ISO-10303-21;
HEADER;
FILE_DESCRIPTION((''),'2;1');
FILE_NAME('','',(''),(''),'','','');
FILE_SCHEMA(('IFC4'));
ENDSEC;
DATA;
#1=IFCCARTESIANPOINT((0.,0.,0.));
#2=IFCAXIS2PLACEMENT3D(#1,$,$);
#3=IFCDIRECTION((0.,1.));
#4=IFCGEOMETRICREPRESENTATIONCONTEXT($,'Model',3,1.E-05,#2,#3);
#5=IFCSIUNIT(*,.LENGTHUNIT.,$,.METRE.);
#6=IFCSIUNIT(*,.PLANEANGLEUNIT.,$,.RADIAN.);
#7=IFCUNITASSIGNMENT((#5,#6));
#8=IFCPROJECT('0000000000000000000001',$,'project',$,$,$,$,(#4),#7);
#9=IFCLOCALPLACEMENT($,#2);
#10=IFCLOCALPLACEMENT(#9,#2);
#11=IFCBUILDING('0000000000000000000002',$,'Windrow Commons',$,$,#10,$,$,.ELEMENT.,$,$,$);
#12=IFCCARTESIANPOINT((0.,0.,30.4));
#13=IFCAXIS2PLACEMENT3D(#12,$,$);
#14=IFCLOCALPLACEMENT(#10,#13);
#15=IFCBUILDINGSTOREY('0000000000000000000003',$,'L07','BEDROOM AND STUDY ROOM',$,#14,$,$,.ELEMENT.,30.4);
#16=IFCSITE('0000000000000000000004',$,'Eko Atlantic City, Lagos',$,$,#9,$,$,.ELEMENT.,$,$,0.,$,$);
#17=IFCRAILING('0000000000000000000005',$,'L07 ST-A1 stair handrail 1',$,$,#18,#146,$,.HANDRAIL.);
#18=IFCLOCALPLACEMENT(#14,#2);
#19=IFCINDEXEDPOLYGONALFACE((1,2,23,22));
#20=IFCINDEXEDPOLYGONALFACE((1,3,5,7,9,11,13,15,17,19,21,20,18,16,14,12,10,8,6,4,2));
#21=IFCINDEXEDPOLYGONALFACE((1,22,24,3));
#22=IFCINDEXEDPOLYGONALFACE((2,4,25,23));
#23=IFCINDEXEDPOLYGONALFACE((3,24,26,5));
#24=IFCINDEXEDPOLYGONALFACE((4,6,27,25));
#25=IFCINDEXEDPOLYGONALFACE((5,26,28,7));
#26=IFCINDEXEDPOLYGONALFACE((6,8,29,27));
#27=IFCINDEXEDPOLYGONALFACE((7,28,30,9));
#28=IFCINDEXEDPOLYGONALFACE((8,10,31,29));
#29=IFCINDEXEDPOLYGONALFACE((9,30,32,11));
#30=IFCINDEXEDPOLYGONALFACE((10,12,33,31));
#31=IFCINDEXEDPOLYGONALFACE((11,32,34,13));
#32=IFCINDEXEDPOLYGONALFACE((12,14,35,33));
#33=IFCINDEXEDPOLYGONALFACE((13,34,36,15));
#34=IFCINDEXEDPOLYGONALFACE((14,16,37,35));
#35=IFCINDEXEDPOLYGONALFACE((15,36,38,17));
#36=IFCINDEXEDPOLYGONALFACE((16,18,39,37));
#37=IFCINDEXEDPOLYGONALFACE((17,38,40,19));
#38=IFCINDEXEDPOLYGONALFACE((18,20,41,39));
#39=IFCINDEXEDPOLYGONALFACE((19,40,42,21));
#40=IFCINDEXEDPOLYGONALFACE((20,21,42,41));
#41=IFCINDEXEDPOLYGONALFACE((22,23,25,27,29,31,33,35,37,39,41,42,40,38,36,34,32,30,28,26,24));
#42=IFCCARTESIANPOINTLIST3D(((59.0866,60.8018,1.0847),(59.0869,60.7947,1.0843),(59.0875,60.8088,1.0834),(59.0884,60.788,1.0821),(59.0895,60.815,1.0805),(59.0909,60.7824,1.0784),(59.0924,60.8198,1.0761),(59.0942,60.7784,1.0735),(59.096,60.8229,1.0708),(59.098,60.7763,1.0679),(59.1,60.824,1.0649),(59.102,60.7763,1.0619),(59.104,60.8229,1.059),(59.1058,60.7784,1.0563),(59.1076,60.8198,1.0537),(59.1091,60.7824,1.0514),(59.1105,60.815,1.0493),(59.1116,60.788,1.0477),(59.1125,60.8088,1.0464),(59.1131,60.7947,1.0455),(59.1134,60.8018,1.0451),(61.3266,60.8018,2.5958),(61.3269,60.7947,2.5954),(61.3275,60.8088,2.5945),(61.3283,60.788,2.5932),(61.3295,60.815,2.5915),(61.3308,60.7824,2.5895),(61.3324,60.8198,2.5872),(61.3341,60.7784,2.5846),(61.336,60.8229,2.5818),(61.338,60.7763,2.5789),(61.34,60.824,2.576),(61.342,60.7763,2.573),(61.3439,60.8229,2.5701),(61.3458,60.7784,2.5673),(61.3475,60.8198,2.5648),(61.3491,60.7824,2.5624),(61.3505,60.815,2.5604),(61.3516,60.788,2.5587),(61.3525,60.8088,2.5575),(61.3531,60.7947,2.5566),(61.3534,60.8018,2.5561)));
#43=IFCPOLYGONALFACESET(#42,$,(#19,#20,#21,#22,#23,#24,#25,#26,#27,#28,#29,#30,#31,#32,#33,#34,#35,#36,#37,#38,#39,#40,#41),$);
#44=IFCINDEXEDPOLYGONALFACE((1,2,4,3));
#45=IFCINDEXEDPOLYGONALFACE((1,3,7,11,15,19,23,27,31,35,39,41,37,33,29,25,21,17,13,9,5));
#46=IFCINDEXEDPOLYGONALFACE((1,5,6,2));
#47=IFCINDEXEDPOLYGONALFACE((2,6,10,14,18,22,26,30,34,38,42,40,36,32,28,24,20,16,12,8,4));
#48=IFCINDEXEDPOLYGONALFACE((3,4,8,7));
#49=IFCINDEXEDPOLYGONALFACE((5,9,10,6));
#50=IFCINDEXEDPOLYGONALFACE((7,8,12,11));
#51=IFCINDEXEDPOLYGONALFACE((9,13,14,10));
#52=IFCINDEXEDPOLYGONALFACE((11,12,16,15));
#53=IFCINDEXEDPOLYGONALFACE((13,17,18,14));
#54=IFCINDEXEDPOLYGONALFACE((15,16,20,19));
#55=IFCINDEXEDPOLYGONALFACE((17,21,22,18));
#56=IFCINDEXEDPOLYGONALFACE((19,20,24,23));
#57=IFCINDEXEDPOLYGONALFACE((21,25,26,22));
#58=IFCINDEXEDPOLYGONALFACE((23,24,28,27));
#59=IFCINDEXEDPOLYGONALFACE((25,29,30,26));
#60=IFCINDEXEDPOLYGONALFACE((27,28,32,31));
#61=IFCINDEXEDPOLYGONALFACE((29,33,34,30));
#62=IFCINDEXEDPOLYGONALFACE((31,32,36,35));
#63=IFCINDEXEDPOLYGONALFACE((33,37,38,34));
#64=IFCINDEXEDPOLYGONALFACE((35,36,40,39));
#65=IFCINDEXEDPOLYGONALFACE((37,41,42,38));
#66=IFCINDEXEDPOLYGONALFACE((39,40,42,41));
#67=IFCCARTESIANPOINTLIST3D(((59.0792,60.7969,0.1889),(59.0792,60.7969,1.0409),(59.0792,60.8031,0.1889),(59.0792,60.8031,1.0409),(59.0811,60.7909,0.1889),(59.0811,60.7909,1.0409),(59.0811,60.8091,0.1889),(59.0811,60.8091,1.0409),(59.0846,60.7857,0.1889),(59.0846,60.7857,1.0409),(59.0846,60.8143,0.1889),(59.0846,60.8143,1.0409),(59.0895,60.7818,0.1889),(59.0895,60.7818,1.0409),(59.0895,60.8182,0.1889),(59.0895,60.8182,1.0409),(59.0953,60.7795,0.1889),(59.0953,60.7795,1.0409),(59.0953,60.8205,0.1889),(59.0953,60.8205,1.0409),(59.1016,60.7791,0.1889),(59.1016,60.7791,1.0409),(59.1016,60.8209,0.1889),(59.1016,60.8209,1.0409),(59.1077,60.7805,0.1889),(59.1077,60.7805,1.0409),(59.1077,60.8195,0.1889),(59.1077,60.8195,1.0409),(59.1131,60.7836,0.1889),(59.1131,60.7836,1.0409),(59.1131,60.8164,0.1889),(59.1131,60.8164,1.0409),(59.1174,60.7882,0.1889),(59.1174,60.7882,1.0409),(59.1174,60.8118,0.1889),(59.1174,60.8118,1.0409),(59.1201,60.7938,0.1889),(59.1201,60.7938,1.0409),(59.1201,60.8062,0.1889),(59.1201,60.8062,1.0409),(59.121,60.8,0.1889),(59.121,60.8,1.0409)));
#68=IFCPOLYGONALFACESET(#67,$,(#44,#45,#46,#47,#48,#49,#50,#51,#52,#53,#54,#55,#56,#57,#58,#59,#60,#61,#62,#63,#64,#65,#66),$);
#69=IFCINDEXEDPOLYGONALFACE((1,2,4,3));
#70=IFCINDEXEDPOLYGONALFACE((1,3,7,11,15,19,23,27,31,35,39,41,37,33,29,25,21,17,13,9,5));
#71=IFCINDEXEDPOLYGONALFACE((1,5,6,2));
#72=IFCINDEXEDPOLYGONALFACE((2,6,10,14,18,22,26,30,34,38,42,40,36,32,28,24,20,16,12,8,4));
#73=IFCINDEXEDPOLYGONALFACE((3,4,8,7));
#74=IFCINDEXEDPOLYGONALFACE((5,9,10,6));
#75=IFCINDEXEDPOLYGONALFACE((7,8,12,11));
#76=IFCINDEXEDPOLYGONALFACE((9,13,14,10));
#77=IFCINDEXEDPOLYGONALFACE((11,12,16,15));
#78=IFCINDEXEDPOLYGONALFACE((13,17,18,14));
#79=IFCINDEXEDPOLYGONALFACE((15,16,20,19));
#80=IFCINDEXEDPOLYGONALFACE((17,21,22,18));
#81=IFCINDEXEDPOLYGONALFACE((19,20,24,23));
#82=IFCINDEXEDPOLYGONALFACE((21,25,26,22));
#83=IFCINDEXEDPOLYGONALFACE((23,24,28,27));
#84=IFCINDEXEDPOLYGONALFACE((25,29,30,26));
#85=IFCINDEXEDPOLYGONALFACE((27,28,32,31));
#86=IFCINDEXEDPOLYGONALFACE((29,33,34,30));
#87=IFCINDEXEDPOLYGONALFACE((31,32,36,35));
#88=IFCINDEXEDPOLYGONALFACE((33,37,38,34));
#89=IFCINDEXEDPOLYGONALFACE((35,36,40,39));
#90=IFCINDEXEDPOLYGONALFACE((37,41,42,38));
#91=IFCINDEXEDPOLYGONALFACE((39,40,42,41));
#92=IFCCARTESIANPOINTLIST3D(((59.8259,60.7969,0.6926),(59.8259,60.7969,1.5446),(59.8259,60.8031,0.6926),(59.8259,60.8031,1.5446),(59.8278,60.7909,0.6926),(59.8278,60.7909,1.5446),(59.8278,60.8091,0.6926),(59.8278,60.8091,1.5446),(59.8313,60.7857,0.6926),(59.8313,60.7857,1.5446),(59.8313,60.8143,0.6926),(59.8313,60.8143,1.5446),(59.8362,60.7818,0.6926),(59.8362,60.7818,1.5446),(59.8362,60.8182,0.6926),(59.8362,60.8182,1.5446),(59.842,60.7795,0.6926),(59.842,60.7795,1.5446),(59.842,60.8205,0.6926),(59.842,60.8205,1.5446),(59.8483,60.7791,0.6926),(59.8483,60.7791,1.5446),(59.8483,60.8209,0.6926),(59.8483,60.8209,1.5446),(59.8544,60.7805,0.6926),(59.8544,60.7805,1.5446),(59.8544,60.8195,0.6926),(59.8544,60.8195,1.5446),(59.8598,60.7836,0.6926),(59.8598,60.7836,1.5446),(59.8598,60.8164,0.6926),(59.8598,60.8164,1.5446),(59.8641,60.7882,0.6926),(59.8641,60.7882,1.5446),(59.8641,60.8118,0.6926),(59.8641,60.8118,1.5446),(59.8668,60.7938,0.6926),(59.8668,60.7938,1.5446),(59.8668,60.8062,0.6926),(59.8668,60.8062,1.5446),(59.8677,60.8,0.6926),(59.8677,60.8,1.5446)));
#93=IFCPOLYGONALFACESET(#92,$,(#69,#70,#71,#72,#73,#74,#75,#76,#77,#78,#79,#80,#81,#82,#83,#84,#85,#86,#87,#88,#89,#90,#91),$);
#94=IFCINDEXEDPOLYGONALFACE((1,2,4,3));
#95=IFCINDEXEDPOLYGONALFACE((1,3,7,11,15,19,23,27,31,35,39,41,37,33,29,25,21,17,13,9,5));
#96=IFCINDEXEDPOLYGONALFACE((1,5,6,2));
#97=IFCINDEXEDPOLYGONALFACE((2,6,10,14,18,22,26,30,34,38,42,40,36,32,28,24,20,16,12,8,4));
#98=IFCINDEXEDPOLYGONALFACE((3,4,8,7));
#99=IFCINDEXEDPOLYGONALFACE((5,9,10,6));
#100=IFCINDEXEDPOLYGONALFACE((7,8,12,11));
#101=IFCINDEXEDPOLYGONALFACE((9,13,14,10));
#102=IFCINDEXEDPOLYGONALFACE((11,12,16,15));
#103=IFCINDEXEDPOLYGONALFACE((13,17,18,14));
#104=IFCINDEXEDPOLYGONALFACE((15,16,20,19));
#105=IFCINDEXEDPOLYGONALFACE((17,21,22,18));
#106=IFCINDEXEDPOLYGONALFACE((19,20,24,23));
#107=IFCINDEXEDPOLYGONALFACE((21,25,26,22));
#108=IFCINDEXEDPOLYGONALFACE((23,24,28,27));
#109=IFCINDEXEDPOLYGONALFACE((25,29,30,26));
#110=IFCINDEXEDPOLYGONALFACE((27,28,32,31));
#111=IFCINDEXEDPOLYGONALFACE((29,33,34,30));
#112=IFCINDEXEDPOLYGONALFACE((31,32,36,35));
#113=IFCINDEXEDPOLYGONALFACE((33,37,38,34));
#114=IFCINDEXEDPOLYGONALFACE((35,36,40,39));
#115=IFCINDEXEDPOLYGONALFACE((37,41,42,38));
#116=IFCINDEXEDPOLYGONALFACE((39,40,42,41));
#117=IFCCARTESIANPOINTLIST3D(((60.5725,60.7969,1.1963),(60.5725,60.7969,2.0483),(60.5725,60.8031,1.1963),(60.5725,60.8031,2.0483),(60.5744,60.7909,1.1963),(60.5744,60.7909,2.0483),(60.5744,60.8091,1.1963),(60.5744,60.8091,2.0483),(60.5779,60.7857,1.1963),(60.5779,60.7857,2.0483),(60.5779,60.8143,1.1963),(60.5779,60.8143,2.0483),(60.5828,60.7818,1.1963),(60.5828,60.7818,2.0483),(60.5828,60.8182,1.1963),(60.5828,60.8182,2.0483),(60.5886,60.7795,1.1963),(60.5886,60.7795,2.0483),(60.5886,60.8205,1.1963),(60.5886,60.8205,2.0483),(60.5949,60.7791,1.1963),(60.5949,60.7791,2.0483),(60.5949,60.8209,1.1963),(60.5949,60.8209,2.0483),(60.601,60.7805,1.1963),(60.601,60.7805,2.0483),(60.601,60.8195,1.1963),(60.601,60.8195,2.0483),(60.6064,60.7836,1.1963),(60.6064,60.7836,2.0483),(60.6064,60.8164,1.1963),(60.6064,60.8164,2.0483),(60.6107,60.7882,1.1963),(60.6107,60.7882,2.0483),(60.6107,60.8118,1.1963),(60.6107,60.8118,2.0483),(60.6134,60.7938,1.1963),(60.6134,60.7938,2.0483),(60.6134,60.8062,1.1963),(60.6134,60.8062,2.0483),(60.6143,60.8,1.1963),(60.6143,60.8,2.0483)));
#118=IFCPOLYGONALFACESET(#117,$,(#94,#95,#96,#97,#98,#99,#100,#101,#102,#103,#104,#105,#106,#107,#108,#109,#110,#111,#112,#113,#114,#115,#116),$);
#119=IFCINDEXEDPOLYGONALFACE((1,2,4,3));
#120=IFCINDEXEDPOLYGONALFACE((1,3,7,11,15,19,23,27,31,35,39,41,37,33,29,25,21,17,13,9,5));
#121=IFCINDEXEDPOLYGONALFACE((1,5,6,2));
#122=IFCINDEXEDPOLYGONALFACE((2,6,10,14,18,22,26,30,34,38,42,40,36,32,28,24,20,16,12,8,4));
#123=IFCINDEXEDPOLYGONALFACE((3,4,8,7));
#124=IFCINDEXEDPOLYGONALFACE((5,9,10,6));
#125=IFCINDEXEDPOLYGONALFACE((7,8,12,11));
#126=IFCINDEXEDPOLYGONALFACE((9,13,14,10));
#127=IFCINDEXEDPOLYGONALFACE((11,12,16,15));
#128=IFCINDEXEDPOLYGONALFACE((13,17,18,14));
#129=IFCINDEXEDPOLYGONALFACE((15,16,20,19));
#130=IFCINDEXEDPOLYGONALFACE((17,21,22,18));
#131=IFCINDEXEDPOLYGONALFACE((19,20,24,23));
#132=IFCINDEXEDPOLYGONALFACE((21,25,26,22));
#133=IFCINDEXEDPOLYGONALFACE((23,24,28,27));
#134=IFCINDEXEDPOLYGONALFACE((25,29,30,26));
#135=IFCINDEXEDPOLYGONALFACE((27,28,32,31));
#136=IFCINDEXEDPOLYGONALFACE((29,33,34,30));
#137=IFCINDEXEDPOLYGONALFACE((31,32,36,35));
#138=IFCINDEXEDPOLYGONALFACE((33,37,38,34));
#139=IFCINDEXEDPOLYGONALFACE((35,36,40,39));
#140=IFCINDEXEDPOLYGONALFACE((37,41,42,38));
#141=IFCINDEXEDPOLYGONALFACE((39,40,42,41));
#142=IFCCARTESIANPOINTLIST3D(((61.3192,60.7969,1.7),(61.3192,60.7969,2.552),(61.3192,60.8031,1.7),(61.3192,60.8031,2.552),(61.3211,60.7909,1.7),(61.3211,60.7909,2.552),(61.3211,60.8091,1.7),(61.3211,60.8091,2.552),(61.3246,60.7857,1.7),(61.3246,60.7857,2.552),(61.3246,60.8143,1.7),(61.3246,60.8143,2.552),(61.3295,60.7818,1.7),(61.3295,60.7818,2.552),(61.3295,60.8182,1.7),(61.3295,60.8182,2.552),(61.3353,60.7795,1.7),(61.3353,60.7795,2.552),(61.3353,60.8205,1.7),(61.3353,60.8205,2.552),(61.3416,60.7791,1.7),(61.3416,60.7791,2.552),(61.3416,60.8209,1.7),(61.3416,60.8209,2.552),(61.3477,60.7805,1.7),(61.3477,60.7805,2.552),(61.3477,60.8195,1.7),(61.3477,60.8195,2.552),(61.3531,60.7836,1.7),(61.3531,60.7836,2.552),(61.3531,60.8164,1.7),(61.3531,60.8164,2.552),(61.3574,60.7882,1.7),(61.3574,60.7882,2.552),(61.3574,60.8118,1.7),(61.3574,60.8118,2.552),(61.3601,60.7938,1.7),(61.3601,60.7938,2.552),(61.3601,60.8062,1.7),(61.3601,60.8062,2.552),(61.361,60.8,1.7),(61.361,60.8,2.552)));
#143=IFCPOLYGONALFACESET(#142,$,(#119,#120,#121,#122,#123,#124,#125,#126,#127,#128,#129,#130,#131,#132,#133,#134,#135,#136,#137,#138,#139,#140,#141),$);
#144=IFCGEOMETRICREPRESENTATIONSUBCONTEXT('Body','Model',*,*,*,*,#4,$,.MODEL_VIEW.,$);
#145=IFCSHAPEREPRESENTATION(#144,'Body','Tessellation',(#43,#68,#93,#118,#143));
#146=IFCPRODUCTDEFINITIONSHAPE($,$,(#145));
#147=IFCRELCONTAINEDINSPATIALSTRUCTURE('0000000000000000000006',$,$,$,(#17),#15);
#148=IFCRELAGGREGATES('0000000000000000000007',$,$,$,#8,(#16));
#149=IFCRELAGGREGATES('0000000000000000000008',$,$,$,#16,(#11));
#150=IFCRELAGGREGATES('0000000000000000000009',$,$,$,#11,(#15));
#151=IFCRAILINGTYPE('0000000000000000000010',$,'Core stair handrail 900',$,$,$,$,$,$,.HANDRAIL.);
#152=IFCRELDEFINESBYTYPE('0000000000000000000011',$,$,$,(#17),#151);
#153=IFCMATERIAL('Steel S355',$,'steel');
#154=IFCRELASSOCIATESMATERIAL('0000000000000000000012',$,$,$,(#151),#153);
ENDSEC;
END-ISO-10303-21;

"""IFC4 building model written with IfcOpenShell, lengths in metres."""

from ifc_helpers import new_model, si_unit, direction, frame, origin, origin_2d, place, context, subcontext, project, spatial, circle, extrude, material, type_object, element, save


model = new_model("IFC4")

# Units and contexts
model_context = context("Model", 3, precision=1e-05, world=origin(), true_north=direction((0.0, 1.0)))
body_context = subcontext(model_context, "Body", "Model", "MODEL_VIEW")
ifc_project = project(units=[si_unit("LENGTHUNIT", "METRE"), si_unit("PLANEANGLEUNIT", "RADIAN")], contexts=[model_context])

# Site, building, storey
site_placement = place(None, origin())
site = spatial("IfcSite", under=ifc_project, at=site_placement, Name="Eko Atlantic City, Lagos", CompositionType="ELEMENT", RefElevation=0.0)
building_placement = place(site_placement, origin())
building = spatial("IfcBuilding", under=site, at=building_placement, Name="Windrow Commons", CompositionType="ELEMENT")
storey_placement = place(building_placement, frame((0.0, 0.0, 30.4)))
storey = spatial("IfcBuildingStorey", under=building, at=storey_placement, Name="L07", Description="BEDROOM AND STUDY ROOM", CompositionType="ELEMENT", Elevation=30.4)

# Railing
ifc_material_1 = material(Name="Steel S355", Category="steel")
railing_type_1 = type_object("IfcRailingType", Name="Core stair handrail 900", PredefinedType="HANDRAIL", material=ifc_material_1)
railing_1_placement = place(storey_placement, frame((59.1, 60.8, 0.1889)))
element("IfcRailing", 1, at=railing_1_placement, inside=storey, type_object=railing_type_1, Name="L07 ST-A1 stair handrail 1", PredefinedType="HANDRAIL", context=body_context, shape_type="SweptSolid", body=[
    extrude(circle(Radius=0.024, at=origin_2d()), frame((0.0, 0.0, 0.876), z_axis=(0.829003, 0.0, 0.559244), x_axis=(0.0, 1.0, 0.0)), (0.0, 0.0, 1.0), 2.702),
    extrude(circle(Radius=0.021, at=origin_2d()), origin(), (0.0, 0.0, 1.0), 0.852),
    extrude(circle(Radius=0.021, at=origin_2d()), frame((0.7467, 0.0, 0.5037)), (0.0, 0.0, 1.0), 0.852),
    extrude(circle(Radius=0.021, at=origin_2d()), frame((1.4933, 0.0, 1.0074)), (0.0, 0.0, 1.0), 0.852),
    extrude(circle(Radius=0.021, at=origin_2d()), frame((2.24, 0.0, 1.5111)), (0.0, 0.0, 1.0), 0.852),
])

save(model, "model.ifc")
